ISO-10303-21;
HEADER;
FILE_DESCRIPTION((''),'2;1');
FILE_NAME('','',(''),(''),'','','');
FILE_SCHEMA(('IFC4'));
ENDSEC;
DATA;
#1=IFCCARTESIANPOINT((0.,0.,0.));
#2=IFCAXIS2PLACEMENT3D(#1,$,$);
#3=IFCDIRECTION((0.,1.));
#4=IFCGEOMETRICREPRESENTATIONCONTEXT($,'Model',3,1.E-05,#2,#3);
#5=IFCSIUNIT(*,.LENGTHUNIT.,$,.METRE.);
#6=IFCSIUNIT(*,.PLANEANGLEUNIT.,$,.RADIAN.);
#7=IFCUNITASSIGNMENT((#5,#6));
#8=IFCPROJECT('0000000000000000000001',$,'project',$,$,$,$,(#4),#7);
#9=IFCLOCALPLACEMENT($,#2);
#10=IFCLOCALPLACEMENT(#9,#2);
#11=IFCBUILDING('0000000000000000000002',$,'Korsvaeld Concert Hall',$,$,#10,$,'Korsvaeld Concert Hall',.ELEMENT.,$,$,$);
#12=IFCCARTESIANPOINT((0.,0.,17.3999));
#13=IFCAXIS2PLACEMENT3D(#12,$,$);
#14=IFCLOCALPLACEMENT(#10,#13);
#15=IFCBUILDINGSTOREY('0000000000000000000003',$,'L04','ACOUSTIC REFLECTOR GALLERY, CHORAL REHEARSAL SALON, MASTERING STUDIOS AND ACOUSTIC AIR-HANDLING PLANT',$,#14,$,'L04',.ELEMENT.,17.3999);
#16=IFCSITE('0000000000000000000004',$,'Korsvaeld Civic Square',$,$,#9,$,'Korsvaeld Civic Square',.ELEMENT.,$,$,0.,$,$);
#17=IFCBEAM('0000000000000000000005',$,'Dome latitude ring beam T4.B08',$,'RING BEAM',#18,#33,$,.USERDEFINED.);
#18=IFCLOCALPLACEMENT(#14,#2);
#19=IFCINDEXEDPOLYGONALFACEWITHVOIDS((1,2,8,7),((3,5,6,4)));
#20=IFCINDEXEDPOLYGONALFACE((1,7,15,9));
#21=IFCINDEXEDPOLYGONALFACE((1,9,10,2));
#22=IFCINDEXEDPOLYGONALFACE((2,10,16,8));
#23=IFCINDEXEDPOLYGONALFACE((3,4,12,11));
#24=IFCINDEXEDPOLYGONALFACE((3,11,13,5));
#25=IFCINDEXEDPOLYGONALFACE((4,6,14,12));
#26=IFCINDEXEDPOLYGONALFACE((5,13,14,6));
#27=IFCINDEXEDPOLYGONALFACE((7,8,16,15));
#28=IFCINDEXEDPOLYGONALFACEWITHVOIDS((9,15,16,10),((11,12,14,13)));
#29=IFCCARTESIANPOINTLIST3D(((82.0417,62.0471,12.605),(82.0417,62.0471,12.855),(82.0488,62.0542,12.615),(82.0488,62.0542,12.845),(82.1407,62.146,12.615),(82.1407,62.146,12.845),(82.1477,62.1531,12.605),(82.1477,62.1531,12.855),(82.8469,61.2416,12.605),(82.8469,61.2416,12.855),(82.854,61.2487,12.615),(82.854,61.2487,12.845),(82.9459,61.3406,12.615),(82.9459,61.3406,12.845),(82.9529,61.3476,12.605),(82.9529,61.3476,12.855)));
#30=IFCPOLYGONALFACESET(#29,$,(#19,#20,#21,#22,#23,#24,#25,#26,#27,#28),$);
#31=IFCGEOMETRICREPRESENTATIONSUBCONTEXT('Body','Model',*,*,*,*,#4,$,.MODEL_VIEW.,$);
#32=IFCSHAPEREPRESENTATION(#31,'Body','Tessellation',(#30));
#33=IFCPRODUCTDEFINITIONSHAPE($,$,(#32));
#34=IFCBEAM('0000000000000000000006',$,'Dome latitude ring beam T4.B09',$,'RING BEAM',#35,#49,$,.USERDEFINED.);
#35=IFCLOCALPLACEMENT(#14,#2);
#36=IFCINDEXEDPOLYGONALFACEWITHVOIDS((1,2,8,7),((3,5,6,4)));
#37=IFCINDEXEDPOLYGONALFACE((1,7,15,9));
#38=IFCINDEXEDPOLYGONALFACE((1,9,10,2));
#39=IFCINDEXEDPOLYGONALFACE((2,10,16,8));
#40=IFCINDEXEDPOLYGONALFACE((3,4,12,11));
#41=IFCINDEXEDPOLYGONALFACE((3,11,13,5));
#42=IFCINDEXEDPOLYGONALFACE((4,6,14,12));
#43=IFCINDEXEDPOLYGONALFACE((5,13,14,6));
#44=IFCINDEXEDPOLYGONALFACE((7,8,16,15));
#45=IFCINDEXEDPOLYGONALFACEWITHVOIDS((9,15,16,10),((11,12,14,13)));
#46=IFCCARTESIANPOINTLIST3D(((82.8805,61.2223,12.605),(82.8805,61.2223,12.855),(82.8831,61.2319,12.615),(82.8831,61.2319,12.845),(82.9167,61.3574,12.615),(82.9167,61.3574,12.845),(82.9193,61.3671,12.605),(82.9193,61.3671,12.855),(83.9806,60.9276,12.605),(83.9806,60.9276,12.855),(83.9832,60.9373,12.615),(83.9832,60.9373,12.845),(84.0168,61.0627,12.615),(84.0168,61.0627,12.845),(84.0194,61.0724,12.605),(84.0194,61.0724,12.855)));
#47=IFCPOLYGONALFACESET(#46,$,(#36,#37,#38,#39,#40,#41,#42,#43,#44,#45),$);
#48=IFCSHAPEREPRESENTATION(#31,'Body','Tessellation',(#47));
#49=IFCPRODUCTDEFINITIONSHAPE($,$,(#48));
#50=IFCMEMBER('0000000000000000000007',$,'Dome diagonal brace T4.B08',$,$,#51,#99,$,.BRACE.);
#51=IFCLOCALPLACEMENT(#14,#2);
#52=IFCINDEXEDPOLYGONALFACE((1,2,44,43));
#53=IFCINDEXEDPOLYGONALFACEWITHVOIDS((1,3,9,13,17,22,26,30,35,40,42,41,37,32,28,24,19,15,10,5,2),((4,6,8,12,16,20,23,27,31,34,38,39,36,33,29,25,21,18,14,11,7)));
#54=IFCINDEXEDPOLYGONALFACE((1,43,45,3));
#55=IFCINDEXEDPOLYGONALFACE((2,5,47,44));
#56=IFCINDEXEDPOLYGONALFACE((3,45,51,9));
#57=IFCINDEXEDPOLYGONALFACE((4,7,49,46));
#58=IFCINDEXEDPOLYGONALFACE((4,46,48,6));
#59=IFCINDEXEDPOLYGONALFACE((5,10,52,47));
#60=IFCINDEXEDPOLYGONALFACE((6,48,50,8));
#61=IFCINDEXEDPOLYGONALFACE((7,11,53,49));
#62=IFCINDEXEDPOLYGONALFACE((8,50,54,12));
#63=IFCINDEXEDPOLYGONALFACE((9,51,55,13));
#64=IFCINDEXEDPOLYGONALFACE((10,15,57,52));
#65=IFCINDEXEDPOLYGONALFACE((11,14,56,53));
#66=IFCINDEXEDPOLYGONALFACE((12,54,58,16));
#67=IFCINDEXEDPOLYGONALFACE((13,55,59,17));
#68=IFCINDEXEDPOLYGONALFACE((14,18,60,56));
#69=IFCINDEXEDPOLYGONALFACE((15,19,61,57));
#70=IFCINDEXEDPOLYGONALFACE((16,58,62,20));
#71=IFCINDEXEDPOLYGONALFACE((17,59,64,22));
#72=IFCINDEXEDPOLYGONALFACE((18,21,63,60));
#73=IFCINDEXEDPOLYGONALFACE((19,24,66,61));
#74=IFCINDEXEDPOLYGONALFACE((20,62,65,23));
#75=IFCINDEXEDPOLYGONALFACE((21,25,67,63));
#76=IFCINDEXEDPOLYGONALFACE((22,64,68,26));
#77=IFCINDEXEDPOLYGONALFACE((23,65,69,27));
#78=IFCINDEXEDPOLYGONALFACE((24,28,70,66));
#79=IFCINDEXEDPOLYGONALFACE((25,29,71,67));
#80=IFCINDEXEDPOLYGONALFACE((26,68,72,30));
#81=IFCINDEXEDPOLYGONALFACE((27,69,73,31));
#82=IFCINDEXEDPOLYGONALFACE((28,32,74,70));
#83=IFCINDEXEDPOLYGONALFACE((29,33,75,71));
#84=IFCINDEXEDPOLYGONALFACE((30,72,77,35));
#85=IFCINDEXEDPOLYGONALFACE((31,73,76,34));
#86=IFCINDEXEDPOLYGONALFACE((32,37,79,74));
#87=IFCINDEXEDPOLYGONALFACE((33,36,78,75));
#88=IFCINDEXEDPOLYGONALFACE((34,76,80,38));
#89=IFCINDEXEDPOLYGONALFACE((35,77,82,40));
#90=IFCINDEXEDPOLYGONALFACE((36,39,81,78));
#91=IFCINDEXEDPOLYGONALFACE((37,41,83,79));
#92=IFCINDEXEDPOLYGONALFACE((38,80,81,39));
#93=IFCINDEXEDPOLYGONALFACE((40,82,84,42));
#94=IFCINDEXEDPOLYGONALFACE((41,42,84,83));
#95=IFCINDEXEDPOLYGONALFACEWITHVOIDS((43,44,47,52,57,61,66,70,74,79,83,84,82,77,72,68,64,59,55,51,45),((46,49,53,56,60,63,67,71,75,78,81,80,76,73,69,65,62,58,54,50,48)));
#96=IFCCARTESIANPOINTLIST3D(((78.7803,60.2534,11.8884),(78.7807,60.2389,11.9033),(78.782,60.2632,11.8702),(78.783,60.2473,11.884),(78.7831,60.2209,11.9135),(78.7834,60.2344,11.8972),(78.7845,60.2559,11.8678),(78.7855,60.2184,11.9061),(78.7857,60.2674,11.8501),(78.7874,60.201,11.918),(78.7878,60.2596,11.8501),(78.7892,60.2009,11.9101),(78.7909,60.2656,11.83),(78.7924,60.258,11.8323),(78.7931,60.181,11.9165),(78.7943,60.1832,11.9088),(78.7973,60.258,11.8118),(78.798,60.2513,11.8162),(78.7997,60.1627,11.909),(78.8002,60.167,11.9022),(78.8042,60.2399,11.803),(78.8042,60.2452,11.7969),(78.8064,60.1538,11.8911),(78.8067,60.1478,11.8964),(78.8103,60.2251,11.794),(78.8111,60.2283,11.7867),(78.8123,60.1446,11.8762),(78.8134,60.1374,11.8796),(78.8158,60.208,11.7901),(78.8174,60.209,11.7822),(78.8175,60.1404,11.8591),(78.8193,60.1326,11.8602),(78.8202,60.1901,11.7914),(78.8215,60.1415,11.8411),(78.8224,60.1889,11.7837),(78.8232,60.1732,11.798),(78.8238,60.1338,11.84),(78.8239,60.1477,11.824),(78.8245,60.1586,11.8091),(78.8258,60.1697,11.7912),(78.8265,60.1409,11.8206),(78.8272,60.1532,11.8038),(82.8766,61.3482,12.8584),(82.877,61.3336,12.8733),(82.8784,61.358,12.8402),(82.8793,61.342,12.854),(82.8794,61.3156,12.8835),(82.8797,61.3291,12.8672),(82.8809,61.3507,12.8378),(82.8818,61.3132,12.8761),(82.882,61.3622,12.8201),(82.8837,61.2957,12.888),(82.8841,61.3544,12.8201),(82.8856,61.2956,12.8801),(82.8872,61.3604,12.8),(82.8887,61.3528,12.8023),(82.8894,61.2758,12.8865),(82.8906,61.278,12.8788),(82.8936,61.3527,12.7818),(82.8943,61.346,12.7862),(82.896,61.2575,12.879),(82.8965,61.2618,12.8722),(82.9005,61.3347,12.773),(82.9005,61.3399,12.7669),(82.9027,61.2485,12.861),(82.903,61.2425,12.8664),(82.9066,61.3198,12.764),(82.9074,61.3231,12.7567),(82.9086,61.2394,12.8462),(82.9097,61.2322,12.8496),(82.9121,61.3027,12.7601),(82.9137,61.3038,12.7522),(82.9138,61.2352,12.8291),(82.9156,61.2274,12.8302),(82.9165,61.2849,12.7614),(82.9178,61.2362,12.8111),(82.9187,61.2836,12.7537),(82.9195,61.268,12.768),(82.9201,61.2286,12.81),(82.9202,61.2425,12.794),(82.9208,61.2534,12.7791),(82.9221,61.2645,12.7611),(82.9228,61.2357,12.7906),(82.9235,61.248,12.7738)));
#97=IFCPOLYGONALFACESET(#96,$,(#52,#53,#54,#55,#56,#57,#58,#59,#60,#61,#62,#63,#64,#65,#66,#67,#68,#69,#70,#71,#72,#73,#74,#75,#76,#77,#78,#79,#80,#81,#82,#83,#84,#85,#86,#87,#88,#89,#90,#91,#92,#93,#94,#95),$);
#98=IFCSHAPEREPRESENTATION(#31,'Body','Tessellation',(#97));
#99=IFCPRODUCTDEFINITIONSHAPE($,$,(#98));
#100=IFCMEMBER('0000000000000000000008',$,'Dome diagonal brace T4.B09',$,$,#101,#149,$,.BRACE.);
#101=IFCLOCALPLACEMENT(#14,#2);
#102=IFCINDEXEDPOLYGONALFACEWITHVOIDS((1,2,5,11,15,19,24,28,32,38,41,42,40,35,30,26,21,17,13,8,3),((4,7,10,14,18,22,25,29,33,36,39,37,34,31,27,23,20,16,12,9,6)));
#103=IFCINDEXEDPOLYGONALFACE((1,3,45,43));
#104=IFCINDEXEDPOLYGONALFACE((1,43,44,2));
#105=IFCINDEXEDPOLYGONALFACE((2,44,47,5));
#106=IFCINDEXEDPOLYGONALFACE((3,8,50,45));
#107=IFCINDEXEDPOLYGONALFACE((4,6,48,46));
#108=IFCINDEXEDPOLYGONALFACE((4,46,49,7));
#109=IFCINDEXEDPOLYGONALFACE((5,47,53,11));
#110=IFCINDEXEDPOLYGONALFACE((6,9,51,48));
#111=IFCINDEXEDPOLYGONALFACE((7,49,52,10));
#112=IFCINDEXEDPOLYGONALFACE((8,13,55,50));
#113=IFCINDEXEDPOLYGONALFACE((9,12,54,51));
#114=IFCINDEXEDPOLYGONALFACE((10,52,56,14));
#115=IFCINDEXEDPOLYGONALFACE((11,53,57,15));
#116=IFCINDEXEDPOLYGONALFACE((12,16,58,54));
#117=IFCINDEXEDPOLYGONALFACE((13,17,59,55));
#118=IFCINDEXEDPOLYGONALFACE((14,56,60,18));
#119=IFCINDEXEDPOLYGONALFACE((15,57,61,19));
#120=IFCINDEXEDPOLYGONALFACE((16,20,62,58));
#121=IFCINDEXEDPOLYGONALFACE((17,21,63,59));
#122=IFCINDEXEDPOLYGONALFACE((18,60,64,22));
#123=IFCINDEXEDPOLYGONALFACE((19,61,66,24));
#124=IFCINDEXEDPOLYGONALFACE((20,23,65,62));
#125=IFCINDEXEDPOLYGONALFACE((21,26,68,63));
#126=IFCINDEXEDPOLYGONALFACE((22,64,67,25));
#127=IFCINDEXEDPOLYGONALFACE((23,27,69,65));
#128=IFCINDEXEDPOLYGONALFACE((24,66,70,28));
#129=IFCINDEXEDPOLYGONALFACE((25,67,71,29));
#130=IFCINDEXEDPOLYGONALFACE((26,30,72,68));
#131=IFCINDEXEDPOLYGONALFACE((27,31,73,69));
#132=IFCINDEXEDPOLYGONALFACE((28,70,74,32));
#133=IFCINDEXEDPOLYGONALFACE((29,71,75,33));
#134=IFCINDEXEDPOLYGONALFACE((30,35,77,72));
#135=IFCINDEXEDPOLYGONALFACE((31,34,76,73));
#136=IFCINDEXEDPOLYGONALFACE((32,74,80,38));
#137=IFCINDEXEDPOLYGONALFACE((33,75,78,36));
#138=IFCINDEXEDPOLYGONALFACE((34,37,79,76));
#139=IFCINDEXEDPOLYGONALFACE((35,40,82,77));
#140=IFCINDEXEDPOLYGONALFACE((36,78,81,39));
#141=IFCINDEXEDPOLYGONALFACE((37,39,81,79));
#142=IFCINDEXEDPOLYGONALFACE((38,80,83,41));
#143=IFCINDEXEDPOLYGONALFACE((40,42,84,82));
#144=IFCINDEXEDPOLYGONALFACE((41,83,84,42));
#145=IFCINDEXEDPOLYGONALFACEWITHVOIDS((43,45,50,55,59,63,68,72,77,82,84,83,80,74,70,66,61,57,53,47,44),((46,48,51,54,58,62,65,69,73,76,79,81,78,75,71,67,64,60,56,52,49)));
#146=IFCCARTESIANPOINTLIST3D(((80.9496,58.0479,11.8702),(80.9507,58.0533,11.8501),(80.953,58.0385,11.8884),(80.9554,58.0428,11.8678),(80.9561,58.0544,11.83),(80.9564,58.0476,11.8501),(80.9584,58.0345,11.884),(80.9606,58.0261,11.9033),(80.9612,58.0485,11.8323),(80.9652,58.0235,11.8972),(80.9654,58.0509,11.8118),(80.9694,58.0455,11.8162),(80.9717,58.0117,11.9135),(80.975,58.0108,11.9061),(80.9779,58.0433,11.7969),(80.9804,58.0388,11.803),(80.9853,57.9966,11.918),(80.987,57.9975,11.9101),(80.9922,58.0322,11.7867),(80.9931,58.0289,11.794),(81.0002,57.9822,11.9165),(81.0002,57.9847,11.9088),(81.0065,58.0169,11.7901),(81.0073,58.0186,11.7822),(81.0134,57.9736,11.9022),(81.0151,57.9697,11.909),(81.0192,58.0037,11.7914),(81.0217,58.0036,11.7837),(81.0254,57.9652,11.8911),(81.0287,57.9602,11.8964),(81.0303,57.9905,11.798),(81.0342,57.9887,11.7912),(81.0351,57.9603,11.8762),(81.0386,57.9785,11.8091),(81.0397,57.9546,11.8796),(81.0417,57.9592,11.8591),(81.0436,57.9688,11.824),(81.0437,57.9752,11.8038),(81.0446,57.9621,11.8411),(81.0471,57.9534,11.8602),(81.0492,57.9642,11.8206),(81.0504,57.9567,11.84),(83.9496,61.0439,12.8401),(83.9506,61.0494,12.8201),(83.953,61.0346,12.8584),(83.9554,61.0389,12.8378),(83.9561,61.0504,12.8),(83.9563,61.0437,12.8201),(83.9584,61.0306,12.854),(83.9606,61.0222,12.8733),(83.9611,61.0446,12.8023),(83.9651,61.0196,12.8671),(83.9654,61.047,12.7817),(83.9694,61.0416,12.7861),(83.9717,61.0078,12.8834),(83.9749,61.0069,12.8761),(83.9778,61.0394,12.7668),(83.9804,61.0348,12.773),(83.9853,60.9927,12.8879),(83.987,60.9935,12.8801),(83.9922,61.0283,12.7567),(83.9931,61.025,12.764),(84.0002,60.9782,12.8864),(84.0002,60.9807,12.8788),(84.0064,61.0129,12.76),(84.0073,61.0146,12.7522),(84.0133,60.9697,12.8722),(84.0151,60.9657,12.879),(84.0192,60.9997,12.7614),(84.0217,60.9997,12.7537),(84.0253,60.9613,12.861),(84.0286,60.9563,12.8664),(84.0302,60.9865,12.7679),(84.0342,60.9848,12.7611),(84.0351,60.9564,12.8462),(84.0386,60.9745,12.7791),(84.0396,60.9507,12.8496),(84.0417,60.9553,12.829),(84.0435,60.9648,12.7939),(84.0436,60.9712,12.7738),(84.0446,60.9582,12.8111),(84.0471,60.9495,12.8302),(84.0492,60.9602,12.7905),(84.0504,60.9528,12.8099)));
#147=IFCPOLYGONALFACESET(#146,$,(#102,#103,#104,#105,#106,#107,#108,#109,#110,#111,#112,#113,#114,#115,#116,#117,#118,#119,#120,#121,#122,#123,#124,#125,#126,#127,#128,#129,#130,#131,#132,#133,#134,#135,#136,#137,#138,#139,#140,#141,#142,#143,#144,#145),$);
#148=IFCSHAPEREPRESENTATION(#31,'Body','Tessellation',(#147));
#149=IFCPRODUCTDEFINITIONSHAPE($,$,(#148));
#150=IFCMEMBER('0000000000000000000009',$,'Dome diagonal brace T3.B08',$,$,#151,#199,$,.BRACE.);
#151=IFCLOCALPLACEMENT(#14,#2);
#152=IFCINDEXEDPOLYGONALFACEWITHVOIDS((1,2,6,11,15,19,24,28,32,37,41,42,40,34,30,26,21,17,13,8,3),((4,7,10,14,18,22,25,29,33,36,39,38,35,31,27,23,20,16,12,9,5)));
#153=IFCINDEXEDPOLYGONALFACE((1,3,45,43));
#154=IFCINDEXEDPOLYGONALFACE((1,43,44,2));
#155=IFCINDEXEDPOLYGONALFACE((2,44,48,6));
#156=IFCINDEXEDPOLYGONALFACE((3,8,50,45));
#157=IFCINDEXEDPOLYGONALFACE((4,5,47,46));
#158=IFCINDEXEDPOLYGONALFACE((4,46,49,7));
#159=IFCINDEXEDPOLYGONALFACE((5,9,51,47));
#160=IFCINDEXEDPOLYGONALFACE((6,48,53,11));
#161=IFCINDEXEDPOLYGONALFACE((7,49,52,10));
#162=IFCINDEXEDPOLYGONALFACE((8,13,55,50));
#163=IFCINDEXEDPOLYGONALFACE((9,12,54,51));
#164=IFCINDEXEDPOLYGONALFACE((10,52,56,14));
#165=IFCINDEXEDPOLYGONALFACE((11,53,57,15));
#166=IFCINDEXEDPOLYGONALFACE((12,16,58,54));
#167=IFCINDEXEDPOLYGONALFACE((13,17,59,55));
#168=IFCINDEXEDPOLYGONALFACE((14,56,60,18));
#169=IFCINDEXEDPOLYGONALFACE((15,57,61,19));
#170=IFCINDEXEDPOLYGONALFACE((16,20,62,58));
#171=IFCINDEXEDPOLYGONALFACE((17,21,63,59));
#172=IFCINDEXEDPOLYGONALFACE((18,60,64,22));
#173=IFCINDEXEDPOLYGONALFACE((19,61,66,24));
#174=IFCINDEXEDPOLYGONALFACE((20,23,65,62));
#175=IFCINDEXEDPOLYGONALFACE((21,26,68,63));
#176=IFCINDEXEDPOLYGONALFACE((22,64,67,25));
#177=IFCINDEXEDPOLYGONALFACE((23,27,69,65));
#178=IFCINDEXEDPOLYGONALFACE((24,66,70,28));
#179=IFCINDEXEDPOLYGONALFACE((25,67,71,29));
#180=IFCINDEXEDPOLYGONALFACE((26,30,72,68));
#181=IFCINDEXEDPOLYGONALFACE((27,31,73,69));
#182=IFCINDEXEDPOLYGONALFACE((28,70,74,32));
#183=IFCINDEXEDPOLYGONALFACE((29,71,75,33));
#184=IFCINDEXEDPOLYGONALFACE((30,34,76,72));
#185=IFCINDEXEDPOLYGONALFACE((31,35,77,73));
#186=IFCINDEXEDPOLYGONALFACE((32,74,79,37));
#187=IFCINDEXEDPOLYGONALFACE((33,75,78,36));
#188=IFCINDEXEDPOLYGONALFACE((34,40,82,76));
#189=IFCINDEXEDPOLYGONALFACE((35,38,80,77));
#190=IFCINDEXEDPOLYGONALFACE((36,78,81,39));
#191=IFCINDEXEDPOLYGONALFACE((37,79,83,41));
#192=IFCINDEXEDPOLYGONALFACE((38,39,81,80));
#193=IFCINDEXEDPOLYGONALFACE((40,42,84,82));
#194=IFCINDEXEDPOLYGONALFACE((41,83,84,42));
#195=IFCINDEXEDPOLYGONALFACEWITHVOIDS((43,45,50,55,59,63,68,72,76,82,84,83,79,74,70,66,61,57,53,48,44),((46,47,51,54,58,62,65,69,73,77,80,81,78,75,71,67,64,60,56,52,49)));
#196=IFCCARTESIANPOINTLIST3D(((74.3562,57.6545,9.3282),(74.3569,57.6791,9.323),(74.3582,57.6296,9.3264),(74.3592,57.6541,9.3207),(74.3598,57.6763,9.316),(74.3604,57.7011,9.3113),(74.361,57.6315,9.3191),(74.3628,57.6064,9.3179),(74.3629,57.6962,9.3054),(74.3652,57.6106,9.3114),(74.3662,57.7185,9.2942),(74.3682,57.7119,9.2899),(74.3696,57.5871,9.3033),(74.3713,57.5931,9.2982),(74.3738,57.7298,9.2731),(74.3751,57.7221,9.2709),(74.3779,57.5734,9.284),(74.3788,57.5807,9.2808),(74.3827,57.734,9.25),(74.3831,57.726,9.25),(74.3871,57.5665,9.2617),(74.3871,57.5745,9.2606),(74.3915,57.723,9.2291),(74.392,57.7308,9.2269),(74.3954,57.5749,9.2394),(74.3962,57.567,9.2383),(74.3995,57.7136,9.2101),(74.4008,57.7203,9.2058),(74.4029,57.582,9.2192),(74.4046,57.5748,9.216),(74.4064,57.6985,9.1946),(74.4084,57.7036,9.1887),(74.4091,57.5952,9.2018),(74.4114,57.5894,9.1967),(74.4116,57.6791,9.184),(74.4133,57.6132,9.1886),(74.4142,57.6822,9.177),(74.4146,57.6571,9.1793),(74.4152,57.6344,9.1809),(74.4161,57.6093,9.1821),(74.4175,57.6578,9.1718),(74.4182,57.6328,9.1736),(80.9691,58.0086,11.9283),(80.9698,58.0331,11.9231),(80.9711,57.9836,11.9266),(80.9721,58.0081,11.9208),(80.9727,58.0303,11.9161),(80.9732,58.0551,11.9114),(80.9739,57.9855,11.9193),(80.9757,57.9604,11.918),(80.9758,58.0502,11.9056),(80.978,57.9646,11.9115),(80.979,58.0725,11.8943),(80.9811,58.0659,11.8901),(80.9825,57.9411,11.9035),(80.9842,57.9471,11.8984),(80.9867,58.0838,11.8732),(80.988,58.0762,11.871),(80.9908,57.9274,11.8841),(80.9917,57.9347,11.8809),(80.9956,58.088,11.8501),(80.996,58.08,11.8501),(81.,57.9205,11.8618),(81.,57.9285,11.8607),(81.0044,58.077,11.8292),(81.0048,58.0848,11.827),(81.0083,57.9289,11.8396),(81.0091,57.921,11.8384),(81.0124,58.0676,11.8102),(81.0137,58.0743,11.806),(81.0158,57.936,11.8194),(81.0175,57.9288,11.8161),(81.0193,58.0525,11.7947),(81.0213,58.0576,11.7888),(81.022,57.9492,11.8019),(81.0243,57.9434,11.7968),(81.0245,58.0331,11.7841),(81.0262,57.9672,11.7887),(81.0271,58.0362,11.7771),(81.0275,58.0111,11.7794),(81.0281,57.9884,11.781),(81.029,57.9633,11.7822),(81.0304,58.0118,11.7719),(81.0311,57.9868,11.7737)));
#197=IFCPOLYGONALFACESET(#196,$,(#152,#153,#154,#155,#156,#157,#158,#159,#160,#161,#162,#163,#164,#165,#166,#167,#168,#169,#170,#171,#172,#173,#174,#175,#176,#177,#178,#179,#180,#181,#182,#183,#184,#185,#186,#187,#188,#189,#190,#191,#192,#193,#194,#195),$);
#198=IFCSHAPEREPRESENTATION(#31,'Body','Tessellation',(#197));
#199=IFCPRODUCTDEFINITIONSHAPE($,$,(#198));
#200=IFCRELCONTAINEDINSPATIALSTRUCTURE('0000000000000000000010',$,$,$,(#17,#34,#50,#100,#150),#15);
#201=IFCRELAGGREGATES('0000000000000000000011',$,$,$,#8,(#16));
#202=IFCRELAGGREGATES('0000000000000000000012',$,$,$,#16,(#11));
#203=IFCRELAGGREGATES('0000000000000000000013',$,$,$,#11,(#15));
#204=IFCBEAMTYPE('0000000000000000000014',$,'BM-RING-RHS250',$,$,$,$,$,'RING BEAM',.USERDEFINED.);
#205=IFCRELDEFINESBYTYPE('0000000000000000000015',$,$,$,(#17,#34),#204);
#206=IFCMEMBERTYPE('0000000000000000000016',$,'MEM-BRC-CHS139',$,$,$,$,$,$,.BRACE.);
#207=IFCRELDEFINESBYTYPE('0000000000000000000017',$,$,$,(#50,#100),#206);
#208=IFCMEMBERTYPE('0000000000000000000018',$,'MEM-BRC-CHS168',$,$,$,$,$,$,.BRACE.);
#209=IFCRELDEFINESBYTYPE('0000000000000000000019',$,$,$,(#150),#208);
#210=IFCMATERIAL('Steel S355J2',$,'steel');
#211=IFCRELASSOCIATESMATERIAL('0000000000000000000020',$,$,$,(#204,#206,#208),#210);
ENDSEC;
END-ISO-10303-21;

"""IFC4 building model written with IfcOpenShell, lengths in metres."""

from ifc_helpers import new_model, si_unit, direction, frame, origin, origin_2d, place, context, subcontext, project, spatial, hollow_rectangle, hollow_circle, extrude, material, material_profile, profile_set, type_object, element, save


model = new_model("IFC4")

# Units and contexts
model_context = context("Model", 3, precision=1e-05, world=origin(), true_north=direction((0.0, 1.0)))
body_context = subcontext(model_context, "Body", "Model", "MODEL_VIEW")
ifc_project = project(units=[si_unit("LENGTHUNIT", "METRE"), si_unit("PLANEANGLEUNIT", "RADIAN")], contexts=[model_context])

# Site, building, storey
site_placement = place(None, origin())
site = spatial("IfcSite", under=ifc_project, at=site_placement, Name="Korsvaeld Civic Square", LongName="Korsvaeld Civic Square", CompositionType="ELEMENT", RefElevation=0.0)
building_placement = place(site_placement, origin())
building = spatial("IfcBuilding", under=site, at=building_placement, Name="Korsvaeld Concert Hall", LongName="Korsvaeld Concert Hall", CompositionType="ELEMENT")
storey_placement = place(building_placement, frame((0.0, 0.0, 17.3999)))
storey = spatial("IfcBuildingStorey", under=building, at=storey_placement, Name="L04", Description="ACOUSTIC REFLECTOR GALLERY, CHORAL REHEARSAL SALON, MASTERING STUDIOS AND ACOUSTIC AIR-HANDLING PLANT", LongName="L04", CompositionType="ELEMENT", Elevation=17.3999)

# Beams
ifc_material_1 = material(Name="Steel S355J2", Category="steel")
ifc_material_profile_1 = material_profile(ifc_material_1, hollow_rectangle(XDim=0.1499, YDim=0.25, WallThickness=0.01, at=origin_2d()), Name="RHS 250x150x10")
ifc_profile_set_1 = profile_set([ifc_material_profile_1], Name="Steel S355J2")
beam_type_1 = type_object("IfcBeamType", Name="BM-RING-RHS250", ElementType="RING BEAM", PredefinedType="USERDEFINED", material=ifc_profile_set_1)
for number, where, z_axis, x_axis, name in (
    (1, (82.0947, 62.1001, 12.73), (0.707, -0.707214, 0.0), (0.707214, 0.707, 0.0), "Dome latitude ring beam T4.B08"),
    (2, (82.8999, 61.2947, 12.73), (0.965946, -0.258743, 0.0), (0.258743, 0.965946, 0.0), "Dome latitude ring beam T4.B09"),
):
    element("IfcBeam", number, at=place(storey_placement, frame(where, z_axis=z_axis, x_axis=x_axis)), inside=storey, type_object=beam_type_1, Name=name, ObjectType="RING BEAM", PredefinedType="USERDEFINED", context=body_context, shape_type="SweptSolid", body=[
        extrude(hollow_rectangle(XDim=0.1499, YDim=0.25, WallThickness=0.01, at=origin_2d()), origin(), (0.0, 0.0, 1.0), 1.1389),
    ])

# Members
ifc_material_profile_2 = material_profile(ifc_material_1, hollow_circle(Radius=0.0698, WallThickness=0.0081, at=origin_2d()), Name="CHS 139.7x8")
ifc_profile_set_2 = profile_set([ifc_material_profile_2], Name="Steel S355J2")
member_type_1 = type_object("IfcMemberType", Name="MEM-BRC-CHS139", PredefinedType="BRACE", material=ifc_profile_set_2)
member_1_placement = place(storey_placement, frame((78.8037, 60.2, 11.8501), z_axis=(0.941764, 0.251691, 0.223008), x_axis=(-0.258193, 0.966093, 0.0)))
element("IfcMember", 3, at=member_1_placement, inside=storey, type_object=member_type_1, Name="Dome diagonal brace T4.B08", PredefinedType="BRACE", context=body_context, shape_type="SweptSolid", body=[
    extrude(hollow_circle(Radius=0.0698, WallThickness=0.0081, at=origin_2d()), origin(), (0.0, 0.0, 1.0), 4.3496),
])
member_2_placement = place(storey_placement, frame((81.0, 58.0039, 11.8501), z_axis=(0.689748, 0.68885, 0.223012), x_axis=(-0.706646, 0.707567, 0.0)))
element("IfcMember", 4, at=member_2_placement, inside=storey, type_object=member_type_1, Name="Dome diagonal brace T4.B09", PredefinedType="BRACE", context=body_context, shape_type="SweptSolid", body=[
    extrude(hollow_circle(Radius=0.0698, WallThickness=0.0081, at=origin_2d()), origin(), (0.0, 0.0, 1.0), 4.3494),
])
ifc_material_profile_3 = material_profile(ifc_material_1, hollow_circle(Radius=0.0842, WallThickness=0.0081, at=origin_2d()), Name="CHS 168.3x8")
ifc_profile_set_3 = profile_set([ifc_material_profile_3], Name="Steel S355J2")
member_type_2 = type_object("IfcMemberType", Name="MEM-BRC-CHS168", PredefinedType="BRACE", material=ifc_profile_set_3)
member_3_placement = place(storey_placement, frame((74.3872, 57.6499, 9.25), z_axis=(0.929493, 0.049759, 0.365469), x_axis=(-0.053457, 0.99857, 0.0)))
element("IfcMember", 5, at=member_3_placement, inside=storey, type_object=member_type_2, Name="Dome diagonal brace T3.B08", PredefinedType="BRACE", context=body_context, shape_type="SweptSolid", body=[
    extrude(hollow_circle(Radius=0.0842, WallThickness=0.0081, at=origin_2d()), origin(), (0.0, 0.0, 1.0), 7.1145),
])

save(model, "model.ifc")
